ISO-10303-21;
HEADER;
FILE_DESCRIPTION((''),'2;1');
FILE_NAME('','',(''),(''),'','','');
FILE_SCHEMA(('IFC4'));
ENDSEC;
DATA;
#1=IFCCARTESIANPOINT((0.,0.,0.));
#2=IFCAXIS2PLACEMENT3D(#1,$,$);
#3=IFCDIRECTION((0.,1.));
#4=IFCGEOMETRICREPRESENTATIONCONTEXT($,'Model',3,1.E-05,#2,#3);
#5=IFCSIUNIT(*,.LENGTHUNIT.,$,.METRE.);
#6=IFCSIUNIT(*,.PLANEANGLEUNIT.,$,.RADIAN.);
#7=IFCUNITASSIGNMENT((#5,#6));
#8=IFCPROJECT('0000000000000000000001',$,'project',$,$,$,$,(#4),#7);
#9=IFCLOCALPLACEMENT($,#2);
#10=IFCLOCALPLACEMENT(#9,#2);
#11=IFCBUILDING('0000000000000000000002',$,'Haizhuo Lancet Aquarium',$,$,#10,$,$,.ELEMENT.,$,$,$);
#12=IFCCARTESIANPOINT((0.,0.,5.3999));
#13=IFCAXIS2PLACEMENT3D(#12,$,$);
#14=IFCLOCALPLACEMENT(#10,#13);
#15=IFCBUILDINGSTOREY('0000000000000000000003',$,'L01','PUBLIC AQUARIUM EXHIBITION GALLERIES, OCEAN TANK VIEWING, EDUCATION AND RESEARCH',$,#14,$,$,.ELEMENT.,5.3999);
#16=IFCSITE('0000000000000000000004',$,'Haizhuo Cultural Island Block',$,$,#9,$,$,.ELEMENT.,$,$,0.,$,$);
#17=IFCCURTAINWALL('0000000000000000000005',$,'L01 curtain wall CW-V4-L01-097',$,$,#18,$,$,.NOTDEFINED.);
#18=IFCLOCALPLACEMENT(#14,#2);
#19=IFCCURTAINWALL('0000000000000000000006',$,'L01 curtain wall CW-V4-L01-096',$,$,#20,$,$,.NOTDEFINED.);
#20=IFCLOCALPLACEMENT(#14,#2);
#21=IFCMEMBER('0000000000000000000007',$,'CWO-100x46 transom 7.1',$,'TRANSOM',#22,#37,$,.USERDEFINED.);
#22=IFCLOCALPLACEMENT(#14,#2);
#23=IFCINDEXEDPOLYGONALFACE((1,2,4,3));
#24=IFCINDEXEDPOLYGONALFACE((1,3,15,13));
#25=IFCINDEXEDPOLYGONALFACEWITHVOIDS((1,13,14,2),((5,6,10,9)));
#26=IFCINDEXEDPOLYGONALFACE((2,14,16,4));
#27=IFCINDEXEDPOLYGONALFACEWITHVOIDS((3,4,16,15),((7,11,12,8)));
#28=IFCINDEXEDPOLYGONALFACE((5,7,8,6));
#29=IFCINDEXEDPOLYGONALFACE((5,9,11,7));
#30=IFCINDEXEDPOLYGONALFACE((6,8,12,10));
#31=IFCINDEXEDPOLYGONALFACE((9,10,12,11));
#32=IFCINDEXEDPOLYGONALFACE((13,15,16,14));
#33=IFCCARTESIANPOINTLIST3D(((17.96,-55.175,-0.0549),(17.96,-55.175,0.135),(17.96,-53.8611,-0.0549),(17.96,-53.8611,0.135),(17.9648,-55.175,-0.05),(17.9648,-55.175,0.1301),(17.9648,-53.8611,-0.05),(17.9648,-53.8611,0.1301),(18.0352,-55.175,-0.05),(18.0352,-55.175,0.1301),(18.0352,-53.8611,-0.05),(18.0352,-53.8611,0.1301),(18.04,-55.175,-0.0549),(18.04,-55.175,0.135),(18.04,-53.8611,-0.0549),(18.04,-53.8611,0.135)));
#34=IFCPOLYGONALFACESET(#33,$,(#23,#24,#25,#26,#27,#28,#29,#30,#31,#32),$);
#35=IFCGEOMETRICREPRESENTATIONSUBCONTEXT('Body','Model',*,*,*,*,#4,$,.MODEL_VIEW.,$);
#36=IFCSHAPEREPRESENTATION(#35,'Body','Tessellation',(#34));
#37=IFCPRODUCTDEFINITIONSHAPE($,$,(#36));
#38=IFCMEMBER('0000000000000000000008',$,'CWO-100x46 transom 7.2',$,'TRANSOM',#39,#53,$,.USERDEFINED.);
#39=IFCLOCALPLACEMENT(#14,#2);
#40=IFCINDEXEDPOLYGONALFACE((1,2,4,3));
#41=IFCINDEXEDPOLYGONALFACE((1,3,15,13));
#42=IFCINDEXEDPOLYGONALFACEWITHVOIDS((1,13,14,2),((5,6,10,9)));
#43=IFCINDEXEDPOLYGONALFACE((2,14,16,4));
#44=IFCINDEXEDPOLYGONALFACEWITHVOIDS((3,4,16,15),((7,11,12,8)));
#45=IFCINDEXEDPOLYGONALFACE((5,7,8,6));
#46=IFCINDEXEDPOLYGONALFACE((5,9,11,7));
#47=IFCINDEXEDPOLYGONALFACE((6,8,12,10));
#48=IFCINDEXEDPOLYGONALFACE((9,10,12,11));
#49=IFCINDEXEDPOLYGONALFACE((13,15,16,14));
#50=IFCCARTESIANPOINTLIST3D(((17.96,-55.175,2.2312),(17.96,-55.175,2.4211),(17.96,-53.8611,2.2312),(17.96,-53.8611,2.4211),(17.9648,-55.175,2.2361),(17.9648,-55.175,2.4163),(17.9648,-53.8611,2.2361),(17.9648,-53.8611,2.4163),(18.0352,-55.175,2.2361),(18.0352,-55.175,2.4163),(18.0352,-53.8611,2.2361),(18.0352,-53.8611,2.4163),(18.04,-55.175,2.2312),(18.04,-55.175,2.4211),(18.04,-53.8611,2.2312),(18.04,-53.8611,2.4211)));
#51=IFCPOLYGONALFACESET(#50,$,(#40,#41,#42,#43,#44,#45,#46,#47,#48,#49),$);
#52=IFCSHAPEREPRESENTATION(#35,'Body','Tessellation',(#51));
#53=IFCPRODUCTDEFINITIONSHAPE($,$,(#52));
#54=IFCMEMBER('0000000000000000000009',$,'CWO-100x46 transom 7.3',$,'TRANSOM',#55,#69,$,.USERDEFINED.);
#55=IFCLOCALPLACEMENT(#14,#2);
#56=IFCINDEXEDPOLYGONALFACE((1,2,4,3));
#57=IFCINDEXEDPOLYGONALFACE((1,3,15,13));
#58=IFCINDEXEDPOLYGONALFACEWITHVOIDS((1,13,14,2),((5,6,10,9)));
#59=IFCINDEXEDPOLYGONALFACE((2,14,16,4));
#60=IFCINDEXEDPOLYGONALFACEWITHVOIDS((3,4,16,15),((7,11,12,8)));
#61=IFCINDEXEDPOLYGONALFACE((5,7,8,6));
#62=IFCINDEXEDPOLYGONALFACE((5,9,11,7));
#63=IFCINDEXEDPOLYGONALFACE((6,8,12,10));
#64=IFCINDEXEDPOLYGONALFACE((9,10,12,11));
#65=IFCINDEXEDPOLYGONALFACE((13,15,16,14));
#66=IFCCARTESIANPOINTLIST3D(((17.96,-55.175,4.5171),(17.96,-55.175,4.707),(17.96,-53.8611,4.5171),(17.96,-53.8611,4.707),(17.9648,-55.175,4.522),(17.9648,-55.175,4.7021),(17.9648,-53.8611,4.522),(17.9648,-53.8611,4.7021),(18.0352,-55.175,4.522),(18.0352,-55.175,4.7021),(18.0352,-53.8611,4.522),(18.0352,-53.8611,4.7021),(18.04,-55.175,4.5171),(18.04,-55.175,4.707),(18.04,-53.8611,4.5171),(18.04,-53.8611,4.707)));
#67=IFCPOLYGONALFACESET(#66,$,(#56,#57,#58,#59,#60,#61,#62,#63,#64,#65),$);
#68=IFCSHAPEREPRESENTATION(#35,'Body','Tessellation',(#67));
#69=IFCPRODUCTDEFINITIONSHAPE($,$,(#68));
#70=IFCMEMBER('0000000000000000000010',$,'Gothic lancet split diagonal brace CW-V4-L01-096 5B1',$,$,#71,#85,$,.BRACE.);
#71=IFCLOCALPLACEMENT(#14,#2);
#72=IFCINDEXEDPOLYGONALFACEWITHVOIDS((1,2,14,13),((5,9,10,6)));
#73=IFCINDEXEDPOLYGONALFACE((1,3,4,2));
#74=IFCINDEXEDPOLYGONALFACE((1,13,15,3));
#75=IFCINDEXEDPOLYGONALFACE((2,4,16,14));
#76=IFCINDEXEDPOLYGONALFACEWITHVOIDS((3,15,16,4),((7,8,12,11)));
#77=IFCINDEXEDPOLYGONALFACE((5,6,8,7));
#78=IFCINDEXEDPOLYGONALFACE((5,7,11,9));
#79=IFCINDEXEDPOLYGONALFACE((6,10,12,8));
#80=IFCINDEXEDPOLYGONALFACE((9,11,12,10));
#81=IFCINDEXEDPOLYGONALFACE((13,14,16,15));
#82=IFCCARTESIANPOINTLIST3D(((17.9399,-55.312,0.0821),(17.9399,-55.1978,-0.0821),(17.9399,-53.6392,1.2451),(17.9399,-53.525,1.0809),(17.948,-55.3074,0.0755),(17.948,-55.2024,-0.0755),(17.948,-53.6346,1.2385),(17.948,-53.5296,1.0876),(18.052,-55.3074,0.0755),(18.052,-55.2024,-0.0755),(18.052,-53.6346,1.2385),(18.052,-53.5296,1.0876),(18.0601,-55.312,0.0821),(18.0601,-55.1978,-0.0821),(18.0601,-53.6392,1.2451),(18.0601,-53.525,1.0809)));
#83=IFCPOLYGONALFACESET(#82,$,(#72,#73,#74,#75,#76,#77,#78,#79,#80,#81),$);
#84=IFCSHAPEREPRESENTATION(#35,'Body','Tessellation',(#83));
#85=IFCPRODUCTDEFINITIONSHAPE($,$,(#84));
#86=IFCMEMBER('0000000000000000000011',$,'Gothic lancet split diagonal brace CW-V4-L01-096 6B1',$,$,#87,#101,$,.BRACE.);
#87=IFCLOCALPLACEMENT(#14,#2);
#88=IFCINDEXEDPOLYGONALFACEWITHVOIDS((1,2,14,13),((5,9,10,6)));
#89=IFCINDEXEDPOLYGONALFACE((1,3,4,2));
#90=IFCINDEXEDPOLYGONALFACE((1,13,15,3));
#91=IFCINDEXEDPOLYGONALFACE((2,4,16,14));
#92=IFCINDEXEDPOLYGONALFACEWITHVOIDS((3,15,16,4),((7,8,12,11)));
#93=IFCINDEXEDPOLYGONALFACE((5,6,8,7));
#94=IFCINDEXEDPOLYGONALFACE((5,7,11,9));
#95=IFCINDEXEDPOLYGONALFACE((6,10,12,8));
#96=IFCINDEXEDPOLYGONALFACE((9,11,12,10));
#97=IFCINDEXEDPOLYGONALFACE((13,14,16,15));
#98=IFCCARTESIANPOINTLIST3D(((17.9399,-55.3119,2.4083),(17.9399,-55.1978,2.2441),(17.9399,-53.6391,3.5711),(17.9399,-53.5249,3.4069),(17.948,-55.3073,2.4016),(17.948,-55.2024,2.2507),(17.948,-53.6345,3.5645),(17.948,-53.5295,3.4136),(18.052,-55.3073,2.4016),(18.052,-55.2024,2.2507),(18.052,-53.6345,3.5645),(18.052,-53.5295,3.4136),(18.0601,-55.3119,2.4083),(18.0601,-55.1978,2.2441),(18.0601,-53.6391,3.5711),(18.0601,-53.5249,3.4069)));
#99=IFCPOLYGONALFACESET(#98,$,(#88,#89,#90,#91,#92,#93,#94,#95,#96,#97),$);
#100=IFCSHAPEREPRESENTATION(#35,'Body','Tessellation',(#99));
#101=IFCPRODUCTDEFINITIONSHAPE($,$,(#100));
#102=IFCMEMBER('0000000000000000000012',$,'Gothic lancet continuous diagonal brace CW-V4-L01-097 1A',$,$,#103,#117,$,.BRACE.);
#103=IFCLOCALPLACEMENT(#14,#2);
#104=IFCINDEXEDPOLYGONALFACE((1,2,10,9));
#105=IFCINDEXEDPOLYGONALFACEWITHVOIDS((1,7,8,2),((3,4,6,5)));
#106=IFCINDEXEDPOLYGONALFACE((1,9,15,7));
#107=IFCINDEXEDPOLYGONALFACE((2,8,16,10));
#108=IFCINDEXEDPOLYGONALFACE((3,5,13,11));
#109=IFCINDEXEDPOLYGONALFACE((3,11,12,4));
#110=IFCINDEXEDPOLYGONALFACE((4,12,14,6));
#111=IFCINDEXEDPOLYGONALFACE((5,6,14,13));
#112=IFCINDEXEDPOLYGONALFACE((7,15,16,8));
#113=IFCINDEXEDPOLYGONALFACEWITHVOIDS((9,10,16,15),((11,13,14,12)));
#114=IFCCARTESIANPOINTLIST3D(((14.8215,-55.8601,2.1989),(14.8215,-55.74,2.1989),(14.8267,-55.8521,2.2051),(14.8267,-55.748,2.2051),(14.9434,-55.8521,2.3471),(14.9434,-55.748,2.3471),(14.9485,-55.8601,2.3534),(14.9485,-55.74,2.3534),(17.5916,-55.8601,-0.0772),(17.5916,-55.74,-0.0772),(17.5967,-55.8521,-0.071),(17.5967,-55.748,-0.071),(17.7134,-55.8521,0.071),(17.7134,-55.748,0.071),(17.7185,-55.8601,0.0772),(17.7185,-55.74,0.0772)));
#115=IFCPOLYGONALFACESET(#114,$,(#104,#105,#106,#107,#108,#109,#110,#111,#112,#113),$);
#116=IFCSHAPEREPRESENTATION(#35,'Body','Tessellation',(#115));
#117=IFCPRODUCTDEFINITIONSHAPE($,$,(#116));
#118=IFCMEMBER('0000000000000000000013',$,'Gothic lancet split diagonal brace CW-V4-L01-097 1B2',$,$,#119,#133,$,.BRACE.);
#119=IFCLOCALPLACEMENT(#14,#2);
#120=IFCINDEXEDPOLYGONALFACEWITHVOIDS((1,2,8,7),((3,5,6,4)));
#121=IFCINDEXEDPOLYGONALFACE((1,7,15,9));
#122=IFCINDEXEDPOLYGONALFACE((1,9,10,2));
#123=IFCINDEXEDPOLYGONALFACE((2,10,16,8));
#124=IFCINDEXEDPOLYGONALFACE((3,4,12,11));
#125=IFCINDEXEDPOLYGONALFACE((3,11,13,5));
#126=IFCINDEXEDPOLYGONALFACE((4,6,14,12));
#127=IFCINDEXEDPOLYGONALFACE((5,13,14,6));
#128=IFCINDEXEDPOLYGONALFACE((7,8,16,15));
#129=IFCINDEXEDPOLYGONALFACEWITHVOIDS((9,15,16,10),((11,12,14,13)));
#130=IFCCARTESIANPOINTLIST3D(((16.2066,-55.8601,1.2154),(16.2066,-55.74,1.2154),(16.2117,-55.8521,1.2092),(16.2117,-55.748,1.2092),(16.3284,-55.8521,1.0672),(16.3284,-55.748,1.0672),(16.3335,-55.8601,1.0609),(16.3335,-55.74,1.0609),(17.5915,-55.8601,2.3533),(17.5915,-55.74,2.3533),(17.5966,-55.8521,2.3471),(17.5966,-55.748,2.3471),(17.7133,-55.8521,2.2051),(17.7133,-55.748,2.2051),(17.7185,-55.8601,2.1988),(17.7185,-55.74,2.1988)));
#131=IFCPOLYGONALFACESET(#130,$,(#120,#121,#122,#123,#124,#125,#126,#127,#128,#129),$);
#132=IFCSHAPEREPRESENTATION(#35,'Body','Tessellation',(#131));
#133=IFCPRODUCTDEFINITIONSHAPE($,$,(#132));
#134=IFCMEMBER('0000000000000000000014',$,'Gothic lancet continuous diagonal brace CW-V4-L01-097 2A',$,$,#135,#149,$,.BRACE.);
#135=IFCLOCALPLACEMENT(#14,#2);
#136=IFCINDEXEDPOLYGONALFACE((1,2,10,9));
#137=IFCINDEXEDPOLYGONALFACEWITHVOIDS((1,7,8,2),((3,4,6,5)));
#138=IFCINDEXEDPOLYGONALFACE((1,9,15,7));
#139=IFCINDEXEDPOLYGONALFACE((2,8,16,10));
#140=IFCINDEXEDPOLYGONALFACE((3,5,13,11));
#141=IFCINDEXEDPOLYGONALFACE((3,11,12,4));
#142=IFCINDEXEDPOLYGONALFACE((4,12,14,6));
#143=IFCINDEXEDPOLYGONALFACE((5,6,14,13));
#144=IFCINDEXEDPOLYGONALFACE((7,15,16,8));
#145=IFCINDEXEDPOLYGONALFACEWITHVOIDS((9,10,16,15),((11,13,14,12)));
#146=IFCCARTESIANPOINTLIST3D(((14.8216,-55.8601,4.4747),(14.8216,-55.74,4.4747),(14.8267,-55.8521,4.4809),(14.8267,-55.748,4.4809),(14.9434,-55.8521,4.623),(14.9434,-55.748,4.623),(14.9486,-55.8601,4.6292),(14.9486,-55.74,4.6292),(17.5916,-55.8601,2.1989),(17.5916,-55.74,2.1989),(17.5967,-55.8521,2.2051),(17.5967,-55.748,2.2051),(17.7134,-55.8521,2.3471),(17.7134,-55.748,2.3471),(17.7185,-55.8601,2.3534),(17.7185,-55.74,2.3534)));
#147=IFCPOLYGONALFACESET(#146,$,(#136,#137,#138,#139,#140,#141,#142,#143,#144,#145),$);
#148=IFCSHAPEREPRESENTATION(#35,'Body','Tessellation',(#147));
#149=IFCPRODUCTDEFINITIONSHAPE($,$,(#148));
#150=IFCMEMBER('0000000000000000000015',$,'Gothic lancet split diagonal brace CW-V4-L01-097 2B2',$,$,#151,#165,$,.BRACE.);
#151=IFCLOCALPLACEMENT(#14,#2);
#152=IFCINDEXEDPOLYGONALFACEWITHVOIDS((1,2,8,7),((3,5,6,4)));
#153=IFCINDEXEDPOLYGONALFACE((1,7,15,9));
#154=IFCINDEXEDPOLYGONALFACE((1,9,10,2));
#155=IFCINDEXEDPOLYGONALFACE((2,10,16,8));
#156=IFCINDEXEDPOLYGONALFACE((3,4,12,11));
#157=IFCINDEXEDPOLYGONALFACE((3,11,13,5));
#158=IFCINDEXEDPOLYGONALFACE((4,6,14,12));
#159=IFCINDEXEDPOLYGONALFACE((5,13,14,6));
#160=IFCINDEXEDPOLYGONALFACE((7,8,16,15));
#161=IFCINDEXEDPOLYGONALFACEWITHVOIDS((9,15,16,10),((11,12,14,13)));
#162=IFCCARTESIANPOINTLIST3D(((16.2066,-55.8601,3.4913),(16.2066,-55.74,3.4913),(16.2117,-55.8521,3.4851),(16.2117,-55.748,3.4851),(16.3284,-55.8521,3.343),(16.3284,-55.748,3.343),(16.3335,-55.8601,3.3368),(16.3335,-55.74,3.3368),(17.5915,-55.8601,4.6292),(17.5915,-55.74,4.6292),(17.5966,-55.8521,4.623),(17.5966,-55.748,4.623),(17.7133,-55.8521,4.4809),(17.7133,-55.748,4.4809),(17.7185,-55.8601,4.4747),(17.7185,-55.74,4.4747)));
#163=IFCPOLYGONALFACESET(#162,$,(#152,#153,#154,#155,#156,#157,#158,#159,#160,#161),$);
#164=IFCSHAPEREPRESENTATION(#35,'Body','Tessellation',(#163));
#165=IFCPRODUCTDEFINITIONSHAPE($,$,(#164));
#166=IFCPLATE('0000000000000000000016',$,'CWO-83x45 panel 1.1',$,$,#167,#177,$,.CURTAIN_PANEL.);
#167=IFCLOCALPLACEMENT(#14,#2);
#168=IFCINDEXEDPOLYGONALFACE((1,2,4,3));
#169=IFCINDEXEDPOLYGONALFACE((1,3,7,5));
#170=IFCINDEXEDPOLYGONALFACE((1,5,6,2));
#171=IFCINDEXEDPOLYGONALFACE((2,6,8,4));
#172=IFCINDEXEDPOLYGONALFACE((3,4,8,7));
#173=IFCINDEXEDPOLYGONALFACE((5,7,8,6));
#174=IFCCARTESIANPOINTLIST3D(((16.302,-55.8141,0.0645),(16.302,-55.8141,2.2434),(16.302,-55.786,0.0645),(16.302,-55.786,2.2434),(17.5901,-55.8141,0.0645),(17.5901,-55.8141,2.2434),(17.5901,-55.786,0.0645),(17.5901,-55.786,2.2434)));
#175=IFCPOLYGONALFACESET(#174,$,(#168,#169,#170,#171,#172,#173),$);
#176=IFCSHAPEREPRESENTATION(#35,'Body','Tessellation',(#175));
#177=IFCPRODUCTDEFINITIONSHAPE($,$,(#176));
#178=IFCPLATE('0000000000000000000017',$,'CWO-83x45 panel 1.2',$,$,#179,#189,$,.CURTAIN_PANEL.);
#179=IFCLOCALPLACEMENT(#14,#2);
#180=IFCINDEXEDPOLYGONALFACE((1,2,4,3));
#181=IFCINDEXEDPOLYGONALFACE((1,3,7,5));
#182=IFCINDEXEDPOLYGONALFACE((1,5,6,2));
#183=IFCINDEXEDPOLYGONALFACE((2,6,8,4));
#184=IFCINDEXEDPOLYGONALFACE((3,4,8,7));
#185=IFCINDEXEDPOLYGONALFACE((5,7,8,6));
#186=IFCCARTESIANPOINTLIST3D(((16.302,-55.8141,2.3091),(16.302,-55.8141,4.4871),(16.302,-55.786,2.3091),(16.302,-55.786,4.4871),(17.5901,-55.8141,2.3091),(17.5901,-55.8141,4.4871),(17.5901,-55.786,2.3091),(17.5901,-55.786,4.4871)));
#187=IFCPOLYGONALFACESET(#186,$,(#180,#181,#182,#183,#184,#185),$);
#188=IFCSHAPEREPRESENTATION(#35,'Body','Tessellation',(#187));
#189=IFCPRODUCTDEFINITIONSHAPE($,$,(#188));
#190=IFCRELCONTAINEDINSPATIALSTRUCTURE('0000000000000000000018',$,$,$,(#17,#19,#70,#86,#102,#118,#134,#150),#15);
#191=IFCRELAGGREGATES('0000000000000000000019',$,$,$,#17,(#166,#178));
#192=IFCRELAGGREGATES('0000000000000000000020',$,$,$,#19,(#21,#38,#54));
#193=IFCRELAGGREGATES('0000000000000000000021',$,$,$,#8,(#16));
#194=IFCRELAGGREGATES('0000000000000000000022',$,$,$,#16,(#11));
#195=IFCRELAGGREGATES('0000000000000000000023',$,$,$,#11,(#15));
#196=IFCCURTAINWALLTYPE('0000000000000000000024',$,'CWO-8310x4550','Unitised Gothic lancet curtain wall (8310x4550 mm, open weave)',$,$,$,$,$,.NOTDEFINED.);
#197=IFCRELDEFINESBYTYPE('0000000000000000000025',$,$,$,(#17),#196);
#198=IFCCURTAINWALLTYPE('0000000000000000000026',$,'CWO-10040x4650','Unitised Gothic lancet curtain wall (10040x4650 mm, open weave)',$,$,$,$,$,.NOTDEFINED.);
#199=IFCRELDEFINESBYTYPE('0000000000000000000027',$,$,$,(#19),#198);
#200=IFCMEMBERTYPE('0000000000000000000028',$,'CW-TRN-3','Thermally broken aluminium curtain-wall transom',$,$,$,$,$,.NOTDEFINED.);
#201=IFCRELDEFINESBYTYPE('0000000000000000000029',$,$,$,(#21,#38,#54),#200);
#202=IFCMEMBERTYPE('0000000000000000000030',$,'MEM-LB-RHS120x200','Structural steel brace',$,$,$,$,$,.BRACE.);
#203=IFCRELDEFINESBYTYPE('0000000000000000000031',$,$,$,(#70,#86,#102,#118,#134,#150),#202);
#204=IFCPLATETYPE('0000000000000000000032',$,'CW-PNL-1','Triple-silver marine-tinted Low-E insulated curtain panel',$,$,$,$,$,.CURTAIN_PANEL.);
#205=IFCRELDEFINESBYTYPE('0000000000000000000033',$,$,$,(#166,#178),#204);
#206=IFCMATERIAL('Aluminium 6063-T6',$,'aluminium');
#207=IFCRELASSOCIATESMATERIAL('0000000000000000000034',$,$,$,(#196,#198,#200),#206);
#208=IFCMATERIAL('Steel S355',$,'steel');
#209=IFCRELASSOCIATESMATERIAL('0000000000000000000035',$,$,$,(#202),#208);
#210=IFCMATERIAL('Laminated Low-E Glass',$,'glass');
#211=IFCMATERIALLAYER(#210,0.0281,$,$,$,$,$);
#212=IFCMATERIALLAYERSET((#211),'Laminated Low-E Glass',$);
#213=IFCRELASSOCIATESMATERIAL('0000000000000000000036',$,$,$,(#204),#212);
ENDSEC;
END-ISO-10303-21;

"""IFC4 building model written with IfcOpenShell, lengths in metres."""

from ifc_helpers import new_model, si_unit, direction, frame, origin, origin_2d, place, context, subcontext, project, spatial, rectangle, hollow_rectangle, extrude, material, layer, layer_set, material_profile, profile_set, type_object, element, aggregate, save


model = new_model("IFC4")

# Units and contexts
model_context = context("Model", 3, precision=1e-05, world=origin(), true_north=direction((0.0, 1.0)))
body_context = subcontext(model_context, "Body", "Model", "MODEL_VIEW")
ifc_project = project(units=[si_unit("LENGTHUNIT", "METRE"), si_unit("PLANEANGLEUNIT", "RADIAN")], contexts=[model_context])

# Site, building, storey
site_placement = place(None, origin())
site = spatial("IfcSite", under=ifc_project, at=site_placement, Name="Haizhuo Cultural Island Block", CompositionType="ELEMENT", RefElevation=0.0)
building_placement = place(site_placement, origin())
building = spatial("IfcBuilding", under=site, at=building_placement, Name="Haizhuo Lancet Aquarium", CompositionType="ELEMENT")
storey_placement = place(building_placement, frame((0.0, 0.0, 5.3999)))
storey = spatial("IfcBuildingStorey", under=building, at=storey_placement, Name="L01", Description="PUBLIC AQUARIUM EXHIBITION GALLERIES, OCEAN TANK VIEWING, EDUCATION AND RESEARCH", CompositionType="ELEMENT", Elevation=5.3999)

# Shared definitions
ifc_material_1 = material(Name="Steel S355", Category="steel")

# Curtain wall
ifc_material_2 = material(Name="Aluminium 6063-T6", Category="aluminium")
curtain_wall_type_1 = type_object("IfcCurtainWallType", Name="CWO-8310x4550", Description="Unitised Gothic lancet curtain wall (8310x4550 mm, open weave)", PredefinedType="NOTDEFINED", material=ifc_material_2)
curtain_wall_1_placement = place(storey_placement, origin())
curtain_wall_1 = element("IfcCurtainWall", 1, at=curtain_wall_1_placement, inside=storey, type_object=curtain_wall_type_1, Name="L01 curtain wall CW-V4-L01-097", PredefinedType="NOTDEFINED")

# Curtain wall
curtain_wall_type_2 = type_object("IfcCurtainWallType", Name="CWO-10040x4650", Description="Unitised Gothic lancet curtain wall (10040x4650 mm, open weave)", PredefinedType="NOTDEFINED", material=ifc_material_2)
curtain_wall_2_placement = place(storey_placement, origin())
curtain_wall_2 = element("IfcCurtainWall", 2, at=curtain_wall_2_placement, inside=storey, type_object=curtain_wall_type_2, Name="L01 curtain wall CW-V4-L01-096", PredefinedType="NOTDEFINED")

# Members
ifc_material_profile_1 = material_profile(ifc_material_2, hollow_rectangle(XDim=0.0801, YDim=0.1899, WallThickness=0.0049, at=origin_2d()), Name="ALU-T 80x190x5")
ifc_profile_set_1 = profile_set([ifc_material_profile_1], Name="Aluminium 6063-T6")
member_type_1 = type_object("IfcMemberType", Name="CW-TRN-3", Description="Thermally broken aluminium curtain-wall transom", PredefinedType="NOTDEFINED", material=ifc_profile_set_1)
member_1_placement = place(storey_placement, frame((18.0, -53.8611, 0.04), z_axis=(0.0, -1.0, 0.0), x_axis=(1.0, 0.0, 0.0)))
member_1 = element("IfcMember", 3, at=member_1_placement, type_object=member_type_1, Name="CWO-100x46 transom 7.1", ObjectType="TRANSOM", PredefinedType="USERDEFINED", context=body_context, shape_type="SweptSolid", body=[
    extrude(hollow_rectangle(XDim=0.0801, YDim=0.1899, WallThickness=0.0049, at=origin_2d()), origin(), (0.0, 0.0, 1.0), 1.314),
])
member_2_placement = place(storey_placement, frame((18.0, -53.8611, 2.3262), z_axis=(0.0, -1.0, 0.0), x_axis=(1.0, 0.0, 0.0)))
member_2 = element("IfcMember", 4, at=member_2_placement, type_object=member_type_1, Name="CWO-100x46 transom 7.2", ObjectType="TRANSOM", PredefinedType="USERDEFINED", context=body_context, shape_type="SweptSolid", body=[
    extrude(hollow_rectangle(XDim=0.0801, YDim=0.1899, WallThickness=0.0049, at=origin_2d()), origin(), (0.0, 0.0, 1.0), 1.314),
])
member_3_placement = place(storey_placement, frame((18.0, -53.8611, 4.6121), z_axis=(0.0, -1.0, 0.0), x_axis=(1.0, 0.0, 0.0)))
member_3 = element("IfcMember", 5, at=member_3_placement, type_object=member_type_1, Name="CWO-100x46 transom 7.3", ObjectType="TRANSOM", PredefinedType="USERDEFINED", context=body_context, shape_type="SweptSolid", body=[
    extrude(hollow_rectangle(XDim=0.0801, YDim=0.1899, WallThickness=0.0049, at=origin_2d()), origin(), (0.0, 0.0, 1.0), 1.314),
])

# Members
ifc_material_profile_2 = material_profile(ifc_material_1, hollow_rectangle(XDim=0.1201, YDim=0.2, WallThickness=0.0081, at=origin_2d()), Name="RHS 120x200x8")
ifc_profile_set_2 = profile_set([ifc_material_profile_2], Name="Steel S355")
member_type_2 = type_object("IfcMemberType", Name="MEM-LB-RHS120x200", Description="Structural steel brace", PredefinedType="BRACE", material=ifc_profile_set_2)
for number, where, z_axis, x_axis, name in (
    (6, (18.0, -55.2549, 0.0), (0.0, 0.821052, 0.570854), (-1.0, 0.0, 0.0), "Gothic lancet split diagonal brace CW-V4-L01-096 5B1"),
    (7, (18.0, -55.2549, 2.3262), (0.0, 0.821108, 0.570773), (-1.0, 0.0, 0.0), "Gothic lancet split diagonal brace CW-V4-L01-096 6B1"),
):
    element("IfcMember", number, at=place(storey_placement, frame(where, z_axis=z_axis, x_axis=x_axis)), inside=storey, type_object=member_type_2, Name=name, PredefinedType="BRACE", context=body_context, shape_type="SweptSolid", body=[
        extrude(hollow_rectangle(XDim=0.1201, YDim=0.2, WallThickness=0.0081, at=origin_2d()), origin(), (0.0, 0.0, 1.0), 2.0374),
    ])
member_4_placement = place(storey_placement, frame((17.655, -55.8, 0.0), z_axis=(-0.772624, 0.0, 0.634864), x_axis=(0.0, -1.0, 0.0)))
element("IfcMember", 8, at=member_4_placement, inside=storey, type_object=member_type_2, Name="Gothic lancet continuous diagonal brace CW-V4-L01-097 1A", PredefinedType="BRACE", context=body_context, shape_type="SweptSolid", body=[
    extrude(hollow_rectangle(XDim=0.1201, YDim=0.2, WallThickness=0.0081, at=origin_2d()), origin(), (0.0, 0.0, 1.0), 3.5852),
])
member_5_placement = place(storey_placement, frame((16.27, -55.8, 1.1382), z_axis=(0.772657, 0.0, 0.634824), x_axis=(0.0, 1.0, 0.0)))
element("IfcMember", 9, at=member_5_placement, inside=storey, type_object=member_type_2, Name="Gothic lancet split diagonal brace CW-V4-L01-097 1B2", PredefinedType="BRACE", context=body_context, shape_type="SweptSolid", body=[
    extrude(hollow_rectangle(XDim=0.1201, YDim=0.2, WallThickness=0.0081, at=origin_2d()), origin(), (0.0, 0.0, 1.0), 1.7925),
])
member_6_placement = place(storey_placement, frame((17.655, -55.8, 2.2761), z_axis=(-0.772657, 0.0, 0.634824), x_axis=(0.0, -1.0, 0.0)))
element("IfcMember", 10, at=member_6_placement, inside=storey, type_object=member_type_2, Name="Gothic lancet continuous diagonal brace CW-V4-L01-097 2A", PredefinedType="BRACE", context=body_context, shape_type="SweptSolid", body=[
    extrude(hollow_rectangle(XDim=0.1201, YDim=0.2, WallThickness=0.0081, at=origin_2d()), origin(), (0.0, 0.0, 1.0), 3.585),
])
member_7_placement = place(storey_placement, frame((16.27, -55.8, 3.4141), z_axis=(0.772657, 0.0, 0.634824), x_axis=(0.0, 1.0, 0.0)))
element("IfcMember", 11, at=member_7_placement, inside=storey, type_object=member_type_2, Name="Gothic lancet split diagonal brace CW-V4-L01-097 2B2", PredefinedType="BRACE", context=body_context, shape_type="SweptSolid", body=[
    extrude(hollow_rectangle(XDim=0.1201, YDim=0.2, WallThickness=0.0081, at=origin_2d()), origin(), (0.0, 0.0, 1.0), 1.7925),
])

# Plates
ifc_material_3 = material(Name="Laminated Low-E Glass", Category="glass")
ifc_layer_1 = layer(ifc_material_3, 0.0281)
ifc_layer_set_1 = layer_set([ifc_layer_1], Name="Laminated Low-E Glass")
plate_type_1 = type_object("IfcPlateType", Name="CW-PNL-1", Description="Triple-silver marine-tinted Low-E insulated curtain panel", PredefinedType="CURTAIN_PANEL", material=ifc_layer_set_1)
plate_1_placement = place(storey_placement, frame((16.946, -55.8, 0.0645), z_axis=(0.0, 0.0, 1.0), x_axis=(-1.0, 0.0, 0.0)))
plate_1 = element("IfcPlate", 12, at=plate_1_placement, type_object=plate_type_1, Name="CWO-83x45 panel 1.1", PredefinedType="CURTAIN_PANEL", context=body_context, shape_type="SweptSolid", body=[
    extrude(rectangle(XDim=1.2881, YDim=0.0281, at=origin_2d()), origin(), (0.0, 0.0, 1.0), 2.179),
])
plate_2_placement = place(storey_placement, frame((16.946, -55.8, 2.3091), z_axis=(0.0, 0.0, 1.0), x_axis=(-1.0, 0.0, 0.0)))
plate_2 = element("IfcPlate", 13, at=plate_2_placement, type_object=plate_type_1, Name="CWO-83x45 panel 1.2", PredefinedType="CURTAIN_PANEL", context=body_context, shape_type="SweptSolid", body=[
    extrude(rectangle(XDim=1.2881, YDim=0.0281, at=origin_2d()), origin(), (0.0, 0.0, 1.0), 2.178),
])
aggregate(curtain_wall_1, [plate_1, plate_2])
aggregate(curtain_wall_2, [member_1, member_2, member_3])

save(model, "model.ifc")
